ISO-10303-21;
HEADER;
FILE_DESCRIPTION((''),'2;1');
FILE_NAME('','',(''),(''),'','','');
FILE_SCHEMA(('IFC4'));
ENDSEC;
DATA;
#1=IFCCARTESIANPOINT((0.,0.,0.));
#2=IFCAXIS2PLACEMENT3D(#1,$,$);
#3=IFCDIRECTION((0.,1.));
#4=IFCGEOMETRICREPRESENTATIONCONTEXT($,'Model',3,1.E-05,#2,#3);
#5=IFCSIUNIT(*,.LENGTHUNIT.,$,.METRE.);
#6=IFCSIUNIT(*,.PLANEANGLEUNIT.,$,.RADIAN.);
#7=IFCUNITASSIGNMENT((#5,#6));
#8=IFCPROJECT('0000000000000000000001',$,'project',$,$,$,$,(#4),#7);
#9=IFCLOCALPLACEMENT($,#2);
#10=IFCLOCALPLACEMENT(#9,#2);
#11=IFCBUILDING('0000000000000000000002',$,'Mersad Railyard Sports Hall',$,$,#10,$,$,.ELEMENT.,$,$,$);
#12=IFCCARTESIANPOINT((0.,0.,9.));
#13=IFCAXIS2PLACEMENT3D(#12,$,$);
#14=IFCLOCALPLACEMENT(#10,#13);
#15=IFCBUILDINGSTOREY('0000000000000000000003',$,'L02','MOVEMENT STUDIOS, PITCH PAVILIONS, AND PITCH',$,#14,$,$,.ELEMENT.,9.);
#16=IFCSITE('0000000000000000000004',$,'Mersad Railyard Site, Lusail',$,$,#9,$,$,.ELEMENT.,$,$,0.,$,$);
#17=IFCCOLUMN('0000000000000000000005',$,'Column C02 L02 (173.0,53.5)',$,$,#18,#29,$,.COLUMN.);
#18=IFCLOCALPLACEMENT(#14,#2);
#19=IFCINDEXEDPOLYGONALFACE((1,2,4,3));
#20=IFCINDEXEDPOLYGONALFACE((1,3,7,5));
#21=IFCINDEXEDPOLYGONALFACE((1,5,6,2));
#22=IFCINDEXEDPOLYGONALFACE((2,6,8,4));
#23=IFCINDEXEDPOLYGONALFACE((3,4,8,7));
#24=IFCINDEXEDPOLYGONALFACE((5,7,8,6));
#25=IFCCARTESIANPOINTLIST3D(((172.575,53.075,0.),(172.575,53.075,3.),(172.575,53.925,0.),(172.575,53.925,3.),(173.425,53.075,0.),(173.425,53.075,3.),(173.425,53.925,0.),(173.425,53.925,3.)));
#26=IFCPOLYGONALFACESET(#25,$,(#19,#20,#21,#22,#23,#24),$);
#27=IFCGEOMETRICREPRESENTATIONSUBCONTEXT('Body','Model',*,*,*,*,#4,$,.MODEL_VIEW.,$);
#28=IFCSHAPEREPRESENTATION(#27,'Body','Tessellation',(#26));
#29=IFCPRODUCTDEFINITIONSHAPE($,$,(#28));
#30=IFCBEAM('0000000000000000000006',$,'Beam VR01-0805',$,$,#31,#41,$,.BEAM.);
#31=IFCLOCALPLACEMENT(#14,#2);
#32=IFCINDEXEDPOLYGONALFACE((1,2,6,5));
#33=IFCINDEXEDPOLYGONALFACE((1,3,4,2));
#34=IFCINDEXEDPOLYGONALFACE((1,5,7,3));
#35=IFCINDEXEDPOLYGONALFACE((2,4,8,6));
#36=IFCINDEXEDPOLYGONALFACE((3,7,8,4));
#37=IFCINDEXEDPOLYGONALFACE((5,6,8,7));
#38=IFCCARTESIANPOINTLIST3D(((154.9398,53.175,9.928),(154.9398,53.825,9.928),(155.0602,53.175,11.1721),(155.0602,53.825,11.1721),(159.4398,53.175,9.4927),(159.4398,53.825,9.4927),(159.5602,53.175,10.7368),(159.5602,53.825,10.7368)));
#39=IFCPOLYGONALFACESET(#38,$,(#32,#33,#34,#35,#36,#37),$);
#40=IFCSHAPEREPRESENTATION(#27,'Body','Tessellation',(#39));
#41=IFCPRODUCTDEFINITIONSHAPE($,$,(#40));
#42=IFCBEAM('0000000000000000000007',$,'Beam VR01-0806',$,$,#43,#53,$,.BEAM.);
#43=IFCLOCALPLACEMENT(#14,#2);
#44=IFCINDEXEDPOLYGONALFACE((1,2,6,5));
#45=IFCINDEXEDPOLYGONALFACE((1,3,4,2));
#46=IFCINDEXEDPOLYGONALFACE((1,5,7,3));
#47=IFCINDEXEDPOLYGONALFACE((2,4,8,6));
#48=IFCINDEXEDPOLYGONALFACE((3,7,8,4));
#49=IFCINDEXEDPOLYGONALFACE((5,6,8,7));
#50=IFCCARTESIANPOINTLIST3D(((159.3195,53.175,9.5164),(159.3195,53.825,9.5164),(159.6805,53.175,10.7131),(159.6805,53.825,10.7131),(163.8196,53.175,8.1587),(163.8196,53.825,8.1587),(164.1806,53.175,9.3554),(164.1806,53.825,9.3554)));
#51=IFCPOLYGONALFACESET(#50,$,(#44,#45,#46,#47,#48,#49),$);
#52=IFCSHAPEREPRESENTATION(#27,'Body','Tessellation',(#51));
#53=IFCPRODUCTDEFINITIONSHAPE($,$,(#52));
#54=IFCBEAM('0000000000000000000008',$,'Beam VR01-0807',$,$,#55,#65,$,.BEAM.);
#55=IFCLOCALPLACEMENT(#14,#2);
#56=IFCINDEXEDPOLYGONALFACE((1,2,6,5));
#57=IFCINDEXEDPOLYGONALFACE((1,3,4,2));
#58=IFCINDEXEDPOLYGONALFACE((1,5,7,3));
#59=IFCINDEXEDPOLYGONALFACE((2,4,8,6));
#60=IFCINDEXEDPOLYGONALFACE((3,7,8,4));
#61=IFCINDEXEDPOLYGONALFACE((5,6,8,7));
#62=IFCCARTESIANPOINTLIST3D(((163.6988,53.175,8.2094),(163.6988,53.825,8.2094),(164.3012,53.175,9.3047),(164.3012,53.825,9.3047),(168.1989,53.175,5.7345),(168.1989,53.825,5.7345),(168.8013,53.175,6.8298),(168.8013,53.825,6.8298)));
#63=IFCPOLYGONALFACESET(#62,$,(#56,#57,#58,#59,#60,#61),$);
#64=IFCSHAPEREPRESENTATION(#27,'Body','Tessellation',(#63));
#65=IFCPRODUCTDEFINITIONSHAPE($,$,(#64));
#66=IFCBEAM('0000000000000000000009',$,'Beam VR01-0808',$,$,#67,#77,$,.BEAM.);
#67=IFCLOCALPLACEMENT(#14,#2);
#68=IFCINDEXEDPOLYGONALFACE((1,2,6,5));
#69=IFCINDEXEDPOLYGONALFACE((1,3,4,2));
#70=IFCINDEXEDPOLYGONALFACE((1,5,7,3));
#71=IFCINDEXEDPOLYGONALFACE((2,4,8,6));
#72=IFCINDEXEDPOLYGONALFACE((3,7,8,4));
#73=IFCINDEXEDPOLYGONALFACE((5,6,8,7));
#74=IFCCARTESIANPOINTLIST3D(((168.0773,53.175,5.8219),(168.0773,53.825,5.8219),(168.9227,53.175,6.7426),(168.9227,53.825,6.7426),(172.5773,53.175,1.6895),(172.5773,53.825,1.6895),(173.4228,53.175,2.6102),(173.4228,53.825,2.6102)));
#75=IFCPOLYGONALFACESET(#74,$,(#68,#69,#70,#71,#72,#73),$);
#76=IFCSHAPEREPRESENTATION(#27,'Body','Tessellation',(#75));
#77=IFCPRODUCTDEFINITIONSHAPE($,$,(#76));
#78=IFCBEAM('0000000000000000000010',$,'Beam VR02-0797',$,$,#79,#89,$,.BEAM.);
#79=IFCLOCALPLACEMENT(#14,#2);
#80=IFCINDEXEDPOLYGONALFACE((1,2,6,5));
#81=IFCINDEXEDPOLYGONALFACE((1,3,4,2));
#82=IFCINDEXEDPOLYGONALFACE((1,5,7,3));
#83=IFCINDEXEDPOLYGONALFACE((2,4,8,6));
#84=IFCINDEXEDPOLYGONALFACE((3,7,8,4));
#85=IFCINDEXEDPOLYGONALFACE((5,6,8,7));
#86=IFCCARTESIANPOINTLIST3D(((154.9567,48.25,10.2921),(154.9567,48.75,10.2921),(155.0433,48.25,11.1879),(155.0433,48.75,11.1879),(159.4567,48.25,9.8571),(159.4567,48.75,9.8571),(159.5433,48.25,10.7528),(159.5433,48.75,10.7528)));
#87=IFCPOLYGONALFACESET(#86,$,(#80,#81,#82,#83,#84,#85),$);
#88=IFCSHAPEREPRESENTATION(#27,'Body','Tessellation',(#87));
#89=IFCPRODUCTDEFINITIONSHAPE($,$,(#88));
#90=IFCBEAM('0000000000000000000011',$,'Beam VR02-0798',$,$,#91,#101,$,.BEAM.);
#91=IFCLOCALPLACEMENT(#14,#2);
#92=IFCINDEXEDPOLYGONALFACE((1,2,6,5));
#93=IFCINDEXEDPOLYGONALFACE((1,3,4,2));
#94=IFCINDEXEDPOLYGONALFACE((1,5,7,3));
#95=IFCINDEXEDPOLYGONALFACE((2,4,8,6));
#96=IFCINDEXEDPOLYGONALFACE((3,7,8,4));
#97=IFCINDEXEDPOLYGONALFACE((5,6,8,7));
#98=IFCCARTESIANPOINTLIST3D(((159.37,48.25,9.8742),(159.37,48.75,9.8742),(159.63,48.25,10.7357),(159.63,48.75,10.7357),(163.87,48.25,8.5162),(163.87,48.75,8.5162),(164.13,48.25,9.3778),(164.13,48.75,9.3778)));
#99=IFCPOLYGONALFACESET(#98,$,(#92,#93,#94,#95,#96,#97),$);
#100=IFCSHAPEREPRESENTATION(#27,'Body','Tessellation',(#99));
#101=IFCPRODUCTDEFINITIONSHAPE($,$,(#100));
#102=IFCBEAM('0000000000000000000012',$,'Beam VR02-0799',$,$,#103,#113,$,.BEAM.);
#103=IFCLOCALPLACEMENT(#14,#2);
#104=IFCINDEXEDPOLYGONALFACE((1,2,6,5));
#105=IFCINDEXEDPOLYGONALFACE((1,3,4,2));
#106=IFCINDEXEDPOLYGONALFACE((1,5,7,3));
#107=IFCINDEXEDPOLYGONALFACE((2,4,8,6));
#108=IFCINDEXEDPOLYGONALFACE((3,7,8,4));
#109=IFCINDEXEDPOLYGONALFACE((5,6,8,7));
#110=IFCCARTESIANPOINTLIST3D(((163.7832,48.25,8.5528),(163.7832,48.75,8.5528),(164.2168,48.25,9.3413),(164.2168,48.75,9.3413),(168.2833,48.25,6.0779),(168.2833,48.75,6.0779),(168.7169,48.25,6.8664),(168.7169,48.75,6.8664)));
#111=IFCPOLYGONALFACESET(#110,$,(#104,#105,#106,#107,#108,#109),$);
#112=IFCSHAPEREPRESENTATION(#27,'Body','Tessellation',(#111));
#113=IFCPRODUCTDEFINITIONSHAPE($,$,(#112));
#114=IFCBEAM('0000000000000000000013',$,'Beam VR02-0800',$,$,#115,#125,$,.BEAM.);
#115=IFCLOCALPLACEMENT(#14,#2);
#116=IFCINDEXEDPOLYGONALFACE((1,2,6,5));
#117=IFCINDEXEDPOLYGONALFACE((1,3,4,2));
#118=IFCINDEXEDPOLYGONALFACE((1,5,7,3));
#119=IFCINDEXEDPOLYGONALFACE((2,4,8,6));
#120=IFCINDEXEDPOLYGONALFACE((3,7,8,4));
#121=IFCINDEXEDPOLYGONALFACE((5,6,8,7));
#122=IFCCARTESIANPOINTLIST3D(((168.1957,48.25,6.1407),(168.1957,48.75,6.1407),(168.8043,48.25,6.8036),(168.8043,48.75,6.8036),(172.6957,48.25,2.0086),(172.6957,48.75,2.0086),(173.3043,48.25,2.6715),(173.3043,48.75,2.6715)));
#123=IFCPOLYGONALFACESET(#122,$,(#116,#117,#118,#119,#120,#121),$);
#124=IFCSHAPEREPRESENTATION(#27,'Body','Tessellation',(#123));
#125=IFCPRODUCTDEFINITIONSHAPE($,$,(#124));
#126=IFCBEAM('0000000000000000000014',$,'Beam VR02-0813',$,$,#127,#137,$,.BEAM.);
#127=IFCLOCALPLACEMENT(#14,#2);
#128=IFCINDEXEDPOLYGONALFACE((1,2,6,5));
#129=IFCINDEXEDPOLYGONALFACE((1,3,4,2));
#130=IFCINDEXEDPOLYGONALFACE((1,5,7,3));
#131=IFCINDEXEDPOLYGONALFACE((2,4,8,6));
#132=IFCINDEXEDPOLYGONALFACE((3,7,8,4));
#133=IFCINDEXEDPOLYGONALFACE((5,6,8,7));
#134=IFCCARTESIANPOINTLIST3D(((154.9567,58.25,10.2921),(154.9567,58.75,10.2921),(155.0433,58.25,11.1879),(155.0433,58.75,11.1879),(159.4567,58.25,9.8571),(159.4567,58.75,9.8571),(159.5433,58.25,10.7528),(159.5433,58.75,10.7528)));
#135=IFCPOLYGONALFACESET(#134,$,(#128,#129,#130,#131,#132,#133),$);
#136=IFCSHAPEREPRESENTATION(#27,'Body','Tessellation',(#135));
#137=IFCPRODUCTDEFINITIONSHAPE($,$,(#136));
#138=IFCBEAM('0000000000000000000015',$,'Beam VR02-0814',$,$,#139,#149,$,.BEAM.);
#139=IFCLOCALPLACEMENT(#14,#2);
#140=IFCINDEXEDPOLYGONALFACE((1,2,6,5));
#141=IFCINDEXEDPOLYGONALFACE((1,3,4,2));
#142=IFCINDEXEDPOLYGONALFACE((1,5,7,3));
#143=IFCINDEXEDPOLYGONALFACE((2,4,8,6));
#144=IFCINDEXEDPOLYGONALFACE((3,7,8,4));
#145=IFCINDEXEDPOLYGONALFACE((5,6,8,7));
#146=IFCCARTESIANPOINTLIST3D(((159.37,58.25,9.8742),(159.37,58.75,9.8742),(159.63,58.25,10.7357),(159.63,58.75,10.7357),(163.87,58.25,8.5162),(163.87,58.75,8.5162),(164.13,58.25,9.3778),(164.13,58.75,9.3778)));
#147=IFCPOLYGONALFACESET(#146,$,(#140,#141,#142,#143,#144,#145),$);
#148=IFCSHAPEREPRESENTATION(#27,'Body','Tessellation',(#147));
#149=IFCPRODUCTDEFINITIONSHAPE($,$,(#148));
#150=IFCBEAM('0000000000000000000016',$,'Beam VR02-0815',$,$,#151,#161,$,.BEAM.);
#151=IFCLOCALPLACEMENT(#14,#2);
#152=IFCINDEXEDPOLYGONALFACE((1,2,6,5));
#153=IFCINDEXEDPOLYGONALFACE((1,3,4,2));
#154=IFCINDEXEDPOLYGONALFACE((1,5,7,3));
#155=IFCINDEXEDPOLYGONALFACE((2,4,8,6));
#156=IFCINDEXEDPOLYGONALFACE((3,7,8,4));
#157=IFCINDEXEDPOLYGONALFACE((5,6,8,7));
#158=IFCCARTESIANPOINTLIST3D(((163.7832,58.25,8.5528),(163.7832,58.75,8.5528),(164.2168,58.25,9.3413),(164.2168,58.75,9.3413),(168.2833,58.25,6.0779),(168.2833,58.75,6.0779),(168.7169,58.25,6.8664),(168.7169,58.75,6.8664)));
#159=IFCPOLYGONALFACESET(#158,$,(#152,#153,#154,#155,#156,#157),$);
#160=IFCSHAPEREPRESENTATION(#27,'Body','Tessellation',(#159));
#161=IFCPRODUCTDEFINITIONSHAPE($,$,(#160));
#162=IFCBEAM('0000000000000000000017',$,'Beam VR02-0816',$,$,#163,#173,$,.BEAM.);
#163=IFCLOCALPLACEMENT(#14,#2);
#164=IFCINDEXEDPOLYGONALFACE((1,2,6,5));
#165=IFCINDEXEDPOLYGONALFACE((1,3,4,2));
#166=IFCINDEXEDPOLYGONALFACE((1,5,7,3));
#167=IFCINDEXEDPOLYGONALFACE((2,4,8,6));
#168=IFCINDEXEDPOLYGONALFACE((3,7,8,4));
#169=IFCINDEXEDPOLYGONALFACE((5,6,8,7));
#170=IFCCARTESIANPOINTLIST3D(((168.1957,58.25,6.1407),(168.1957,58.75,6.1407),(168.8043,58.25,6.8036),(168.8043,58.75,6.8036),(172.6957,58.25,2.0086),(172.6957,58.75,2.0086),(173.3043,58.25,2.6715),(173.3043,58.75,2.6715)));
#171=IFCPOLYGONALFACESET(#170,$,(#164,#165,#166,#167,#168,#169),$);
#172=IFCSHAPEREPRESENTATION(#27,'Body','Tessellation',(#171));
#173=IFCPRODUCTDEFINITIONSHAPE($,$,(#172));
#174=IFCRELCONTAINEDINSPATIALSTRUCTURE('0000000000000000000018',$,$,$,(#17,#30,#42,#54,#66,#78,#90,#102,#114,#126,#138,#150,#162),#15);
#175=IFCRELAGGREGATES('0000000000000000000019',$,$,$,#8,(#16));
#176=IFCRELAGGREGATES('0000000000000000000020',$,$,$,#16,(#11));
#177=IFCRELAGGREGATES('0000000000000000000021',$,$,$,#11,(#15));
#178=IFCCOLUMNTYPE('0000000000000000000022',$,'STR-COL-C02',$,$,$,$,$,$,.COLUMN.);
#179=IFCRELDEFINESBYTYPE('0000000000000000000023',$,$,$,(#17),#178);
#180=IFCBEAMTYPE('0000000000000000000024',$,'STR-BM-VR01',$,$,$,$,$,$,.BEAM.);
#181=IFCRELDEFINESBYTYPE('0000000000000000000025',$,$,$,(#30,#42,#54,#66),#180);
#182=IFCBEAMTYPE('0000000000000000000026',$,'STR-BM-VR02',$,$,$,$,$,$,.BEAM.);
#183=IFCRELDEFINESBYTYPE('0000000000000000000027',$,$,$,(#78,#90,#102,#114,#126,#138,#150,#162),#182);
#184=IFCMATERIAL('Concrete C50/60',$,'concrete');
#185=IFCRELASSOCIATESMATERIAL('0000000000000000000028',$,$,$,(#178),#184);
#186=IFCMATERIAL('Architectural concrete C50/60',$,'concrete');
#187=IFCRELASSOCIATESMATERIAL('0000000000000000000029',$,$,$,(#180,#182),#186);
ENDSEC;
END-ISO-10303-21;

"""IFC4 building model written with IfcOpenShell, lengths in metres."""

from ifc_helpers import new_model, si_unit, direction, frame, origin, origin_2d, place, context, subcontext, project, spatial, rectangle, extrude, material, material_profile, profile_set, type_object, element, save


model = new_model("IFC4")

# Units and contexts
model_context = context("Model", 3, precision=1e-05, world=origin(), true_north=direction((0.0, 1.0)))
body_context = subcontext(model_context, "Body", "Model", "MODEL_VIEW")
ifc_project = project(units=[si_unit("LENGTHUNIT", "METRE"), si_unit("PLANEANGLEUNIT", "RADIAN")], contexts=[model_context])

# Site, building, storey
site_placement = place(None, origin())
site = spatial("IfcSite", under=ifc_project, at=site_placement, Name="Mersad Railyard Site, Lusail", CompositionType="ELEMENT", RefElevation=0.0)
building_placement = place(site_placement, origin())
building = spatial("IfcBuilding", under=site, at=building_placement, Name="Mersad Railyard Sports Hall", CompositionType="ELEMENT")
storey_placement = place(building_placement, frame((0.0, 0.0, 9.0)))
storey = spatial("IfcBuildingStorey", under=building, at=storey_placement, Name="L02", Description="MOVEMENT STUDIOS, PITCH PAVILIONS, AND PITCH", CompositionType="ELEMENT", Elevation=9.0)

# Column
ifc_material_1 = material(Name="Concrete C50/60", Category="concrete")
ifc_material_profile_1 = material_profile(ifc_material_1, rectangle(XDim=0.8501, YDim=0.8501, at=origin_2d()), Name="RC 850x850")
ifc_profile_set_1 = profile_set([ifc_material_profile_1], Name="Concrete C50/60")
column_type = type_object("IfcColumnType", Name="STR-COL-C02", PredefinedType="COLUMN", material=ifc_profile_set_1)
column_placement = place(storey_placement, frame((173.0, 53.5, 0.0), z_axis=(0.0, 0.0, 1.0), x_axis=(1.0, 0.0, 0.0)))
element("IfcColumn", 1, at=column_placement, inside=storey, type_object=column_type, Name="Column C02 L02 (173.0,53.5)", PredefinedType="COLUMN", context=body_context, shape_type="SweptSolid", body=[
    extrude(rectangle(XDim=0.8501, YDim=0.8501, at=origin_2d()), origin(), (0.0, 0.0, 1.0), 3.0),
])

# Beams
ifc_material_2 = material(Name="Architectural concrete C50/60", Category="concrete")
ifc_material_profile_2 = material_profile(ifc_material_2, rectangle(XDim=0.6499, YDim=1.25, at=origin_2d()), Name="VR 650x1250")
ifc_profile_set_2 = profile_set([ifc_material_profile_2], Name="Architectural concrete C50/60")
beam_type_1 = type_object("IfcBeamType", Name="STR-BM-VR01", PredefinedType="BEAM", material=ifc_profile_set_2)
beam_1_placement = place(storey_placement, frame((155.0, 53.5, 10.55), z_axis=(0.995354, 0.0, -0.096285), x_axis=(0.0, 1.0, 0.0)))
element("IfcBeam", 2, at=beam_1_placement, inside=storey, type_object=beam_type_1, Name="Beam VR01-0805", PredefinedType="BEAM", context=body_context, shape_type="SweptSolid", body=[
    extrude(rectangle(XDim=0.6499, YDim=1.25, at=origin_2d()), origin(), (0.0, 0.0, 1.0), 4.521),
])
beam_2_placement = place(storey_placement, frame((159.5, 53.5, 10.1147), z_axis=(0.957376, 0.0, -0.288844), x_axis=(0.0, 1.0, 0.0)))
element("IfcBeam", 3, at=beam_2_placement, inside=storey, type_object=beam_type_1, Name="Beam VR01-0806", PredefinedType="BEAM", context=body_context, shape_type="SweptSolid", body=[
    extrude(rectangle(XDim=0.6499, YDim=1.25, at=origin_2d()), origin(), (0.0, 0.0, 1.0), 4.7004),
])
beam_3_placement = place(storey_placement, frame((164.0, 53.5, 8.7571), z_axis=(0.876228, 0.0, -0.481897), x_axis=(0.0, 1.0, 0.0)))
element("IfcBeam", 4, at=beam_3_placement, inside=storey, type_object=beam_type_1, Name="Beam VR01-0807", PredefinedType="BEAM", context=body_context, shape_type="SweptSolid", body=[
    extrude(rectangle(XDim=0.6499, YDim=1.25, at=origin_2d()), origin(), (0.0, 0.0, 1.0), 5.1357),
])
beam_4_placement = place(storey_placement, frame((168.5, 53.5, 6.2822), z_axis=(0.736557, 0.0, -0.676376), x_axis=(0.0, 1.0, 0.0)))
element("IfcBeam", 5, at=beam_4_placement, inside=storey, type_object=beam_type_1, Name="Beam VR01-0808", PredefinedType="BEAM", context=body_context, shape_type="SweptSolid", body=[
    extrude(rectangle(XDim=0.6499, YDim=1.25, at=origin_2d()), origin(), (0.0, 0.0, 1.0), 6.1096),
])
ifc_material_profile_3 = material_profile(ifc_material_2, rectangle(XDim=0.5, YDim=0.8999, at=origin_2d()), Name="VR 500x900")
ifc_profile_set_3 = profile_set([ifc_material_profile_3], Name="Architectural concrete C50/60")
beam_type_2 = type_object("IfcBeamType", Name="STR-BM-VR02", PredefinedType="BEAM", material=ifc_profile_set_3)
beam_5_placement = place(storey_placement, frame((155.0, 48.5, 10.74), z_axis=(0.995359, 0.0, -0.096231), x_axis=(0.0, 1.0, 0.0)))
element("IfcBeam", 6, at=beam_5_placement, inside=storey, type_object=beam_type_2, Name="Beam VR02-0797", PredefinedType="BEAM", context=body_context, shape_type="SweptSolid", body=[
    extrude(rectangle(XDim=0.5, YDim=0.8999, at=origin_2d()), origin(), (0.0, 0.0, 1.0), 4.521),
])
beam_6_placement = place(storey_placement, frame((159.5, 48.5, 10.3049), z_axis=(0.957362, 0.0, -0.288891), x_axis=(0.0, 1.0, 0.0)))
element("IfcBeam", 7, at=beam_6_placement, inside=storey, type_object=beam_type_2, Name="Beam VR02-0798", PredefinedType="BEAM", context=body_context, shape_type="SweptSolid", body=[
    extrude(rectangle(XDim=0.5, YDim=0.8999, at=origin_2d()), origin(), (0.0, 0.0, 1.0), 4.7004),
])
beam_7_placement = place(storey_placement, frame((164.0, 48.5, 8.947), z_axis=(0.876228, 0.0, -0.481897), x_axis=(0.0, 1.0, 0.0)))
element("IfcBeam", 8, at=beam_7_placement, inside=storey, type_object=beam_type_2, Name="Beam VR02-0799", PredefinedType="BEAM", context=body_context, shape_type="SweptSolid", body=[
    extrude(rectangle(XDim=0.5, YDim=0.8999, at=origin_2d()), origin(), (0.0, 0.0, 1.0), 5.1357),
])
beam_8_placement = place(storey_placement, frame((168.5, 48.5, 6.4722), z_axis=(0.736577, 0.0, -0.676354), x_axis=(0.0, 1.0, 0.0)))
element("IfcBeam", 9, at=beam_8_placement, inside=storey, type_object=beam_type_2, Name="Beam VR02-0800", PredefinedType="BEAM", context=body_context, shape_type="SweptSolid", body=[
    extrude(rectangle(XDim=0.5, YDim=0.8999, at=origin_2d()), origin(), (0.0, 0.0, 1.0), 6.1094),
])
beam_9_placement = place(storey_placement, frame((155.0, 58.5, 10.74), z_axis=(0.995359, 0.0, -0.096231), x_axis=(0.0, 1.0, 0.0)))
element("IfcBeam", 10, at=beam_9_placement, inside=storey, type_object=beam_type_2, Name="Beam VR02-0813", PredefinedType="BEAM", context=body_context, shape_type="SweptSolid", body=[
    extrude(rectangle(XDim=0.5, YDim=0.8999, at=origin_2d()), origin(), (0.0, 0.0, 1.0), 4.521),
])
beam_10_placement = place(storey_placement, frame((159.5, 58.5, 10.3049), z_axis=(0.957362, 0.0, -0.288891), x_axis=(0.0, 1.0, 0.0)))
element("IfcBeam", 11, at=beam_10_placement, inside=storey, type_object=beam_type_2, Name="Beam VR02-0814", PredefinedType="BEAM", context=body_context, shape_type="SweptSolid", body=[
    extrude(rectangle(XDim=0.5, YDim=0.8999, at=origin_2d()), origin(), (0.0, 0.0, 1.0), 4.7004),
])
beam_11_placement = place(storey_placement, frame((164.0, 58.5, 8.947), z_axis=(0.876228, 0.0, -0.481897), x_axis=(0.0, 1.0, 0.0)))
element("IfcBeam", 12, at=beam_11_placement, inside=storey, type_object=beam_type_2, Name="Beam VR02-0815", PredefinedType="BEAM", context=body_context, shape_type="SweptSolid", body=[
    extrude(rectangle(XDim=0.5, YDim=0.8999, at=origin_2d()), origin(), (0.0, 0.0, 1.0), 5.1357),
])
beam_12_placement = place(storey_placement, frame((168.5, 58.5, 6.4722), z_axis=(0.736577, 0.0, -0.676354), x_axis=(0.0, 1.0, 0.0)))
element("IfcBeam", 13, at=beam_12_placement, inside=storey, type_object=beam_type_2, Name="Beam VR02-0816", PredefinedType="BEAM", context=body_context, shape_type="SweptSolid", body=[
    extrude(rectangle(XDim=0.5, YDim=0.8999, at=origin_2d()), origin(), (0.0, 0.0, 1.0), 6.1094),
])

save(model, "model.ifc")
